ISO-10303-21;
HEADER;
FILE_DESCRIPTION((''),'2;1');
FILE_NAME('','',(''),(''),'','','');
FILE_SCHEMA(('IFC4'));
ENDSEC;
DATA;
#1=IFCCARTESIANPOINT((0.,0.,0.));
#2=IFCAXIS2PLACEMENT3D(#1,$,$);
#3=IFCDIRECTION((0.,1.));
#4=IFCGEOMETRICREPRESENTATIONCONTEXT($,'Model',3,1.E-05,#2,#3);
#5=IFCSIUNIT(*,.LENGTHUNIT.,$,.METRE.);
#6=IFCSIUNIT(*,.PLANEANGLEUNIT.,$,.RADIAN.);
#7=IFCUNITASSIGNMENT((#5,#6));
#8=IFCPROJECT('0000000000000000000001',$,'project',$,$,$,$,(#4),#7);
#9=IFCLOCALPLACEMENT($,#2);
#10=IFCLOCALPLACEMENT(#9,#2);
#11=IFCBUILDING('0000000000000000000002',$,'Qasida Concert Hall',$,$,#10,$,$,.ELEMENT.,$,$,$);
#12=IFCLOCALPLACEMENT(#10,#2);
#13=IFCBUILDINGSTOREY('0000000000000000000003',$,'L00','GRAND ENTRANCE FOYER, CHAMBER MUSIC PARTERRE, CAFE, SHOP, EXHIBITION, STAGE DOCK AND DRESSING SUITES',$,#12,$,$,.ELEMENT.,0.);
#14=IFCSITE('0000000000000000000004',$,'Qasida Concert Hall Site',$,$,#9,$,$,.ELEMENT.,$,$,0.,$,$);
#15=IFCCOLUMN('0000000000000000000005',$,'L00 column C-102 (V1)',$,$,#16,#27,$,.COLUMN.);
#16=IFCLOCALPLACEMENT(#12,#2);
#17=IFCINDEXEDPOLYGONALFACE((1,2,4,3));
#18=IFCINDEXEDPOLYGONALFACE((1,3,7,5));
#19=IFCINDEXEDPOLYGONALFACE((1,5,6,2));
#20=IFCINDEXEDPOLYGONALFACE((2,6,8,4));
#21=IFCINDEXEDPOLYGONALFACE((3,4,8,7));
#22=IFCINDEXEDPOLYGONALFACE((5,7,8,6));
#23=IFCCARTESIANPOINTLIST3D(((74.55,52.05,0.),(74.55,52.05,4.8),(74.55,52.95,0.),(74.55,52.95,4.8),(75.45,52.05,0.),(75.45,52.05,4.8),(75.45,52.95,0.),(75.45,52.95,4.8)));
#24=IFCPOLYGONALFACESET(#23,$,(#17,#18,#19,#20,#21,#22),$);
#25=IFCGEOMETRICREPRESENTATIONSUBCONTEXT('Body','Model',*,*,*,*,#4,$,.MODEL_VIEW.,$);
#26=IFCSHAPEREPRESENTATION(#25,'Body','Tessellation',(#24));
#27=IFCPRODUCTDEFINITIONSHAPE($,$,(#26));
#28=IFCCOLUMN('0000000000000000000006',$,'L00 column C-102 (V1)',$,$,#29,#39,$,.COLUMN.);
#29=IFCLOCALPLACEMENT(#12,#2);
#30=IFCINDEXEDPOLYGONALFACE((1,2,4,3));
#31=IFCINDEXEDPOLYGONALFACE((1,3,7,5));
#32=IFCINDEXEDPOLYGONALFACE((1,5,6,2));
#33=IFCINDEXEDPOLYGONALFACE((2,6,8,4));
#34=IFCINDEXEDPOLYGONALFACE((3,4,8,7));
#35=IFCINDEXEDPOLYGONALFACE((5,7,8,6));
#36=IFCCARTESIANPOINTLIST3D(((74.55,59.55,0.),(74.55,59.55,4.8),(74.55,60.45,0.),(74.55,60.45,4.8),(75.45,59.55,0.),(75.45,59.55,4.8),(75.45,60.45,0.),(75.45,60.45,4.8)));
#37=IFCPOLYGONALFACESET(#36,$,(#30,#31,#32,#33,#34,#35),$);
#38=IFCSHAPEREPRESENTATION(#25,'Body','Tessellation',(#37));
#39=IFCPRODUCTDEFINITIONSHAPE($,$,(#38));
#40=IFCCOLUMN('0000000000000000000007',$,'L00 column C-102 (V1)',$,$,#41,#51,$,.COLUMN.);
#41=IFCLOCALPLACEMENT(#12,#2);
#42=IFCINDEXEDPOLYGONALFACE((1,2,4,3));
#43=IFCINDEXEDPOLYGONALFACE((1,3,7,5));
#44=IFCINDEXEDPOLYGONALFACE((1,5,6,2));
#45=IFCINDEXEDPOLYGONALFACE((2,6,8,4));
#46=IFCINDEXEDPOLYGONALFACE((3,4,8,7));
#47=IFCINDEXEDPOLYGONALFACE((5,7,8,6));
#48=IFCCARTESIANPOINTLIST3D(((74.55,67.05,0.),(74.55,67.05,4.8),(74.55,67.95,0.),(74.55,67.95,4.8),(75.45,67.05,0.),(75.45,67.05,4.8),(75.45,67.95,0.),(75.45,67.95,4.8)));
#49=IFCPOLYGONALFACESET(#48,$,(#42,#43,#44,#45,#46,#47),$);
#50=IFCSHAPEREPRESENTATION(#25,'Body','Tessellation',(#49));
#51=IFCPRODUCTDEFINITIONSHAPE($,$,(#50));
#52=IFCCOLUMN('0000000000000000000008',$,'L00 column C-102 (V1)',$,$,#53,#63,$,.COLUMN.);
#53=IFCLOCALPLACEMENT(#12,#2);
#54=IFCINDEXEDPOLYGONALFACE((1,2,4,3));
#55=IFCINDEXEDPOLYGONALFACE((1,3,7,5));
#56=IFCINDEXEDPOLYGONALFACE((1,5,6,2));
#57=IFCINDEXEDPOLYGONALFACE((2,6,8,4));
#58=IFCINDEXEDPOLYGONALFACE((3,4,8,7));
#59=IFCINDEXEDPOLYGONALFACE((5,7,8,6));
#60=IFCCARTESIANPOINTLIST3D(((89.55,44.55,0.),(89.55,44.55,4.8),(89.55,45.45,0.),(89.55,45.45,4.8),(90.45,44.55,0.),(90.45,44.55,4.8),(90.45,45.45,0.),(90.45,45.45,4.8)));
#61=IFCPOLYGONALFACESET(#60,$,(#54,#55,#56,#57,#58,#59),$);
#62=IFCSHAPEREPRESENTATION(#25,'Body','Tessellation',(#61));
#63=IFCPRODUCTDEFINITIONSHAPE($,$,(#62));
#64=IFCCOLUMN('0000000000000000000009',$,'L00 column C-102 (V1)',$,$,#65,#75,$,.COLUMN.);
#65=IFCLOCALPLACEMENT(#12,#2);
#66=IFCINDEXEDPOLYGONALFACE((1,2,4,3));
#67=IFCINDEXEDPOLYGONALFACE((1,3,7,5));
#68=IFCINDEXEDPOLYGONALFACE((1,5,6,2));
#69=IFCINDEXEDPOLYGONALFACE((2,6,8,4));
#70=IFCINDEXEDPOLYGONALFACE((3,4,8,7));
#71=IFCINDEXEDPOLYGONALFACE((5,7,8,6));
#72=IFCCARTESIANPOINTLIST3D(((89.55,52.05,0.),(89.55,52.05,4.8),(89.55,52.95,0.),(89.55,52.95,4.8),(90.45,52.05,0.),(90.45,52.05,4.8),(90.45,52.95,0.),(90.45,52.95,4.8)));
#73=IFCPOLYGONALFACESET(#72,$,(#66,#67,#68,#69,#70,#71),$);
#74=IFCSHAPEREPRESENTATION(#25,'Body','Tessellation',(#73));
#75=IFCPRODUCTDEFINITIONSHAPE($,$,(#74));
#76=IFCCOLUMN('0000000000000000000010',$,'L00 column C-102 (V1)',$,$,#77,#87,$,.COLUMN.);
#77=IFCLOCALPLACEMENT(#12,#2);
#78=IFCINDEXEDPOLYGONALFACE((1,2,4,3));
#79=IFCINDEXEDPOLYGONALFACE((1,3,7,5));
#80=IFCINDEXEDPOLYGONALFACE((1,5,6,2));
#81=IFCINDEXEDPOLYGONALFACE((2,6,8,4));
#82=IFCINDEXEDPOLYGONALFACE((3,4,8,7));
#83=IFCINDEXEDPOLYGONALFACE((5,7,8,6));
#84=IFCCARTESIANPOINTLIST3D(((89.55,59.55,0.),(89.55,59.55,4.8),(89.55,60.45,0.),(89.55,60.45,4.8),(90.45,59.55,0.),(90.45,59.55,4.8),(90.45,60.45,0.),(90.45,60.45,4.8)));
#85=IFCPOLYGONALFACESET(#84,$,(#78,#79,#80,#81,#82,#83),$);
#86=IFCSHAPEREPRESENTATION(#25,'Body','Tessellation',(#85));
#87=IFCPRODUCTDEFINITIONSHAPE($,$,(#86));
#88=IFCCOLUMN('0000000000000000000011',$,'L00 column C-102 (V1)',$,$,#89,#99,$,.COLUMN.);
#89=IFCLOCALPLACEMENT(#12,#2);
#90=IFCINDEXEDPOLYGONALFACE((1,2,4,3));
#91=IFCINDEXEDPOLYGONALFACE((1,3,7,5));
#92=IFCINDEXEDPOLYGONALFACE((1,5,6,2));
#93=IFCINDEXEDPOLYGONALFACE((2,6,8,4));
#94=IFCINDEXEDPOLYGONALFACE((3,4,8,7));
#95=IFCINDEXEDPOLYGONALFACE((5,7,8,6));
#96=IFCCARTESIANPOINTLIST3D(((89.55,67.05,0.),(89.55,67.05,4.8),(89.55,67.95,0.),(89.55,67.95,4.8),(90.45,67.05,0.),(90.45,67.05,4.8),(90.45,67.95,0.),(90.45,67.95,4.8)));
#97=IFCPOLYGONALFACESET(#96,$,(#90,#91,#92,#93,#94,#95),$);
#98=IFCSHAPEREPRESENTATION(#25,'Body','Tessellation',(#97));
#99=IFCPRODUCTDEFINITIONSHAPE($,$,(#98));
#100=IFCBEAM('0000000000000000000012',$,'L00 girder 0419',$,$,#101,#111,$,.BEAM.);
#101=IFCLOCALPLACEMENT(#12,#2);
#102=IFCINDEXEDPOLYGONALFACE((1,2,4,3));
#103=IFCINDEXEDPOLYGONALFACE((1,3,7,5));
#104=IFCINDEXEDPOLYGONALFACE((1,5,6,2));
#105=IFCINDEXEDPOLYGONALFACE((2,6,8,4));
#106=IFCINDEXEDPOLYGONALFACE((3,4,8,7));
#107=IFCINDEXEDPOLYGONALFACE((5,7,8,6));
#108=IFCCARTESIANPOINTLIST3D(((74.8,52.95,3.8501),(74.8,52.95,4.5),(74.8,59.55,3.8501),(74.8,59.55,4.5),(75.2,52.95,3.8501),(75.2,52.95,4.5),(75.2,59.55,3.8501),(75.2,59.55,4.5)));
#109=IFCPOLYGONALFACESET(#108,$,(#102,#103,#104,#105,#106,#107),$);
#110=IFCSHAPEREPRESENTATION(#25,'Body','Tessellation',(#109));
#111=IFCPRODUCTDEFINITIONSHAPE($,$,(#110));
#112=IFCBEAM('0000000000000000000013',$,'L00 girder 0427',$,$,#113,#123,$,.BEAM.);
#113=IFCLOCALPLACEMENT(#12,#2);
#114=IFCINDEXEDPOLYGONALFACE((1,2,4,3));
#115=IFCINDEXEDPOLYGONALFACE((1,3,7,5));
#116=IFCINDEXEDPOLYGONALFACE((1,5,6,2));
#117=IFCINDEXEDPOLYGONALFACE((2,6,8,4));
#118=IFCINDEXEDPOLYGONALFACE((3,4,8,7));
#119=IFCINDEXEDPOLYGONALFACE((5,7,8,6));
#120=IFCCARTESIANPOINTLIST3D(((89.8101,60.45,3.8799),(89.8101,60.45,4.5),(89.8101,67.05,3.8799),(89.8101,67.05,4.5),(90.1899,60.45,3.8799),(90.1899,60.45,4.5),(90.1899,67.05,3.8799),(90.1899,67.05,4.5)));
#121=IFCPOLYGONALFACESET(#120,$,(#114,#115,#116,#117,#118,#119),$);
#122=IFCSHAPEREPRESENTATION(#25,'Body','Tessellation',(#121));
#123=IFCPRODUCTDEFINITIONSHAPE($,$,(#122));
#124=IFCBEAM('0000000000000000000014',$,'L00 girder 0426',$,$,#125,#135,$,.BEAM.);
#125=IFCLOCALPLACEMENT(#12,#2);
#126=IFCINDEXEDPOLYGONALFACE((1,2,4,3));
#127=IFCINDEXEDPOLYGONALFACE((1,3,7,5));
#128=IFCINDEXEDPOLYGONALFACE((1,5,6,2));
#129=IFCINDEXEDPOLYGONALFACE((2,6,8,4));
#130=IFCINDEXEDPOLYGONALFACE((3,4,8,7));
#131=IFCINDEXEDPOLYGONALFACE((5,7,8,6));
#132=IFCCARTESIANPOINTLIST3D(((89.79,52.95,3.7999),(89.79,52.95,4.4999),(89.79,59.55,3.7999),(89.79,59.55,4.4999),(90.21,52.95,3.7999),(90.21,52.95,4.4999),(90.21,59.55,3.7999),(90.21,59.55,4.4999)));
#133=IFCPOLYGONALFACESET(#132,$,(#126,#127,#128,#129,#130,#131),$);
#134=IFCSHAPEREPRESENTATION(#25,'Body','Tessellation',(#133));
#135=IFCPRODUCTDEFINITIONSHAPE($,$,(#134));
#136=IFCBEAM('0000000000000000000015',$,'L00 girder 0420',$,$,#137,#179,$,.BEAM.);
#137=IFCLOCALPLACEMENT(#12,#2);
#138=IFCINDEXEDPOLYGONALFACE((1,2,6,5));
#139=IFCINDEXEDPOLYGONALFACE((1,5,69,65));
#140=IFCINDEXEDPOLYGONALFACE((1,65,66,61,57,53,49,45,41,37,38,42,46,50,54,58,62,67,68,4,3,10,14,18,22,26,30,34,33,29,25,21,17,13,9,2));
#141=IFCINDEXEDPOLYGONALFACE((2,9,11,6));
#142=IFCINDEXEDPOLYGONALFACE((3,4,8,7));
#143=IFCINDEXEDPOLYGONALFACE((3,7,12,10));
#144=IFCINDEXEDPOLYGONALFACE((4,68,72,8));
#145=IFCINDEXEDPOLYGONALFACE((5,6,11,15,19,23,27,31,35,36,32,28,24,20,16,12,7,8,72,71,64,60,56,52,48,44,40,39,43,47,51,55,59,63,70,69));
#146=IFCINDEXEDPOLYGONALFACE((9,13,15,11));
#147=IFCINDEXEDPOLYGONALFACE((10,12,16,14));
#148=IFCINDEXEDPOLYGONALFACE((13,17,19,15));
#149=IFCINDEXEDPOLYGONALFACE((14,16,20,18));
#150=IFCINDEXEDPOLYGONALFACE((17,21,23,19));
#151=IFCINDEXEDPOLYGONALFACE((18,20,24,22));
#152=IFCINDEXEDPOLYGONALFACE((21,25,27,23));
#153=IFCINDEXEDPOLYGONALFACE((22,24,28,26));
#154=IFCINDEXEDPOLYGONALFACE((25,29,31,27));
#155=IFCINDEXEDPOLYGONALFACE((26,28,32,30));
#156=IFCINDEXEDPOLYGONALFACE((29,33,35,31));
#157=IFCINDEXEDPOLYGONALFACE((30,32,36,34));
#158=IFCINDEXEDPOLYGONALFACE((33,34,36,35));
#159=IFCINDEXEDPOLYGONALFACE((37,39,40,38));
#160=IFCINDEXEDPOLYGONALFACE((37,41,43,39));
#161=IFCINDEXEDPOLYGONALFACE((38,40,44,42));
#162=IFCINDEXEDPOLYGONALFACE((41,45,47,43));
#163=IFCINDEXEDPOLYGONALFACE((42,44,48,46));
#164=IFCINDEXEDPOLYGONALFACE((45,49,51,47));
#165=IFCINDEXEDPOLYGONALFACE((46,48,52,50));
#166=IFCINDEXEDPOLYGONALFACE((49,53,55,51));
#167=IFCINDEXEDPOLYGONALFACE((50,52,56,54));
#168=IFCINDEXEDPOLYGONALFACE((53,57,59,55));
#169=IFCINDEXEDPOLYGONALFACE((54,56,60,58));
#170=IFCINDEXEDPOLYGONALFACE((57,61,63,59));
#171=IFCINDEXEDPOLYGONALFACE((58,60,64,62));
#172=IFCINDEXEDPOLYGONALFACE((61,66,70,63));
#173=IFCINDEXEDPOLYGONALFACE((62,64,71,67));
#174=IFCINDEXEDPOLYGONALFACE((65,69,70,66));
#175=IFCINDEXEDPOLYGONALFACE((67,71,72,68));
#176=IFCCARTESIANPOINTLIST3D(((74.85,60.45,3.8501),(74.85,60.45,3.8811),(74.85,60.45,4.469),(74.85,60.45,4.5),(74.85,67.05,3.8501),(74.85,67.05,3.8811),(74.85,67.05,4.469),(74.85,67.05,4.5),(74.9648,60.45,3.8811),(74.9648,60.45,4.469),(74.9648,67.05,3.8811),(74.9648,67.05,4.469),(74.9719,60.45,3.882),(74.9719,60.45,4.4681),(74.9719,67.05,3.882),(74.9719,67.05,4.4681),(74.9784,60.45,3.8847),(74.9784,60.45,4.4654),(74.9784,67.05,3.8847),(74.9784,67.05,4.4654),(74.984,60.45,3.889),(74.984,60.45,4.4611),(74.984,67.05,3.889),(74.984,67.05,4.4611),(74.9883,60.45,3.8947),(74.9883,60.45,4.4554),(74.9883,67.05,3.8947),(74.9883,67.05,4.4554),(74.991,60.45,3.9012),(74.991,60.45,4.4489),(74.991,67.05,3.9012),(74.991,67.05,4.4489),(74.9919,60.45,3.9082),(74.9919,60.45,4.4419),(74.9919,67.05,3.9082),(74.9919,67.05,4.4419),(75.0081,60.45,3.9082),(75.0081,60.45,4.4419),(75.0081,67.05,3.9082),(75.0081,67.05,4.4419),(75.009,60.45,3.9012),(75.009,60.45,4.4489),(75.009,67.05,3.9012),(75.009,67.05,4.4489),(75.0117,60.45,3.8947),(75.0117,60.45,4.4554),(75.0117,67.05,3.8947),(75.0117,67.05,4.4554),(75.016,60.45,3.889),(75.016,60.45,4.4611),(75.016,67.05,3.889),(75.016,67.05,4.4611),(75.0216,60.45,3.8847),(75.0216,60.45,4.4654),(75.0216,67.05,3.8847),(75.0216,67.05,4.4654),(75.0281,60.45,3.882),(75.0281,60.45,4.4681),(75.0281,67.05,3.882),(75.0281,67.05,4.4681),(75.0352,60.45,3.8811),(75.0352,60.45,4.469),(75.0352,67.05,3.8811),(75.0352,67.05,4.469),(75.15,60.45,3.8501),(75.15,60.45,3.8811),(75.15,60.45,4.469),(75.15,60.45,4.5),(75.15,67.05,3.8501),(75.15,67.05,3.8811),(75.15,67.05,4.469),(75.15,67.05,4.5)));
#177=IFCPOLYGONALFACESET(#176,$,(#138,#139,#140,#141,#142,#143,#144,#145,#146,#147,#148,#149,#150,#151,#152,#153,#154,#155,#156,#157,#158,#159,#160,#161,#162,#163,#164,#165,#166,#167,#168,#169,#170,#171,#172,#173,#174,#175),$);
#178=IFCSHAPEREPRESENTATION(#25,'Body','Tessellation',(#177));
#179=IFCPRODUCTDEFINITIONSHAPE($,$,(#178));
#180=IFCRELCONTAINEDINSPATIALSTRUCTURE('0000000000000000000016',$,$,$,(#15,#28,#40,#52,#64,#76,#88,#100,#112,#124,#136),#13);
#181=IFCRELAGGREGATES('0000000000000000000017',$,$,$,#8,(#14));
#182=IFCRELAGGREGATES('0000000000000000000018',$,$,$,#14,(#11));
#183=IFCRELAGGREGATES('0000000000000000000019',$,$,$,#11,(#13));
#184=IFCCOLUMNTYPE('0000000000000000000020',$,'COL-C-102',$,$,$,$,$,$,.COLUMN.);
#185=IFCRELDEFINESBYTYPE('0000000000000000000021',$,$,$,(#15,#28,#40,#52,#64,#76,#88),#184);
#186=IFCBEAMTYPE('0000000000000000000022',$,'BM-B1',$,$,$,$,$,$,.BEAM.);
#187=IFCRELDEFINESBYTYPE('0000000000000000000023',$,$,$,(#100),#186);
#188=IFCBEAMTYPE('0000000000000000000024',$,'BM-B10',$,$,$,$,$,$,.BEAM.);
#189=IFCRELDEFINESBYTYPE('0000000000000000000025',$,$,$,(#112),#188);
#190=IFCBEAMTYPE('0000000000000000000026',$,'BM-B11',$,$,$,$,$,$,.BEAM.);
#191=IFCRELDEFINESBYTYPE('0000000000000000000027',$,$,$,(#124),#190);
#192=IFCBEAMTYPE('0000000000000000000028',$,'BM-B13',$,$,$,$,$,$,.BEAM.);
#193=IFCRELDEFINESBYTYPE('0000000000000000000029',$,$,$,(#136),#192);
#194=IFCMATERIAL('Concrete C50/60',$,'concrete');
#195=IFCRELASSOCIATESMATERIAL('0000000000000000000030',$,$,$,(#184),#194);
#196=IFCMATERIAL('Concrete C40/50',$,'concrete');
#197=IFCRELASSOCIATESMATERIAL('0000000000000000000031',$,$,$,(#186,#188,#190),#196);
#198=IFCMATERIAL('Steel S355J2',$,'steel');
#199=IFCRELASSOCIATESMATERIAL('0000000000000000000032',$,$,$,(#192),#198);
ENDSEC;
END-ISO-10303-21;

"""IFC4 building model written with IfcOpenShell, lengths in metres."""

from ifc_helpers import new_model, si_unit, direction, frame, origin, origin_2d, place, context, subcontext, project, spatial, rectangle, i_section, extrude, material, material_profile, profile_set, type_object, element, save


model = new_model("IFC4")

# Units and contexts
model_context = context("Model", 3, precision=1e-05, world=origin(), true_north=direction((0.0, 1.0)))
body_context = subcontext(model_context, "Body", "Model", "MODEL_VIEW")
ifc_project = project(units=[si_unit("LENGTHUNIT", "METRE"), si_unit("PLANEANGLEUNIT", "RADIAN")], contexts=[model_context])

# Site, building, storey
site_placement = place(None, origin())
site = spatial("IfcSite", under=ifc_project, at=site_placement, Name="Qasida Concert Hall Site", CompositionType="ELEMENT", RefElevation=0.0)
building_placement = place(site_placement, origin())
building = spatial("IfcBuilding", under=site, at=building_placement, Name="Qasida Concert Hall", CompositionType="ELEMENT")
storey_placement = place(building_placement, origin())
storey = spatial("IfcBuildingStorey", under=building, at=storey_placement, Name="L00", Description="GRAND ENTRANCE FOYER, CHAMBER MUSIC PARTERRE, CAFE, SHOP, EXHIBITION, STAGE DOCK AND DRESSING SUITES", CompositionType="ELEMENT", Elevation=0.0)

# Columns
ifc_material_1 = material(Name="Concrete C50/60", Category="concrete")
ifc_material_profile_1 = material_profile(ifc_material_1, rectangle(XDim=0.8999, YDim=0.8999, at=origin_2d()), Name="RC 900x900")
ifc_profile_set_1 = profile_set([ifc_material_profile_1], Name="Concrete C50/60")
column_type = type_object("IfcColumnType", Name="COL-C-102", PredefinedType="COLUMN", material=ifc_profile_set_1)
for number, where, z_axis, x_axis, name in (
    (1, (75.0, 52.5, 0.0), (0.0, 0.0, 1.0), (1.0, 0.0, 0.0), "L00 column C-102 (V1)"),
    (2, (75.0, 60.0, 0.0), (0.0, 0.0, 1.0), (1.0, 0.0, 0.0), "L00 column C-102 (V1)"),
    (3, (75.0, 67.5, 0.0), (0.0, 0.0, 1.0), (1.0, 0.0, 0.0), "L00 column C-102 (V1)"),
    (4, (90.0, 45.0, 0.0), (0.0, 0.0, 1.0), (1.0, 0.0, 0.0), "L00 column C-102 (V1)"),
    (5, (90.0, 52.5, 0.0), (0.0, 0.0, 1.0), (1.0, 0.0, 0.0), "L00 column C-102 (V1)"),
    (6, (90.0, 60.0, 0.0), (0.0, 0.0, 1.0), (1.0, 0.0, 0.0), "L00 column C-102 (V1)"),
    (7, (90.0, 67.5, 0.0), (0.0, 0.0, 1.0), (1.0, 0.0, 0.0), "L00 column C-102 (V1)"),
):
    element("IfcColumn", number, at=place(storey_placement, frame(where, z_axis=z_axis, x_axis=x_axis)), inside=storey, type_object=column_type, Name=name, PredefinedType="COLUMN", context=body_context, shape_type="SweptSolid", body=[
        extrude(rectangle(XDim=0.8999, YDim=0.8999, at=origin_2d()), origin(), (0.0, 0.0, 1.0), 4.8),
    ])

# Beams
ifc_material_2 = material(Name="Concrete C40/50", Category="concrete")
ifc_material_profile_2 = material_profile(ifc_material_2, rectangle(XDim=0.3999, YDim=0.6499, at=origin_2d()), Name="RC 400x650")
ifc_profile_set_2 = profile_set([ifc_material_profile_2], Name="Concrete C40/50")
beam_type_1 = type_object("IfcBeamType", Name="BM-B1", PredefinedType="BEAM", material=ifc_profile_set_2)
beam_1_placement = place(storey_placement, frame((75.0, 52.95, 4.175), z_axis=(0.0, 1.0, 0.0), x_axis=(-1.0, 0.0, 0.0)))
element("IfcBeam", 8, at=beam_1_placement, inside=storey, type_object=beam_type_1, Name="L00 girder 0419", PredefinedType="BEAM", context=body_context, shape_type="SweptSolid", body=[
    extrude(rectangle(XDim=0.3999, YDim=0.6499, at=origin_2d()), origin(), (0.0, 0.0, 1.0), 6.6001),
])
ifc_material_profile_3 = material_profile(ifc_material_2, rectangle(XDim=0.3799, YDim=0.6201, at=origin_2d()), Name="RC 380x620")
ifc_profile_set_3 = profile_set([ifc_material_profile_3], Name="Concrete C40/50")
beam_type_2 = type_object("IfcBeamType", Name="BM-B10", PredefinedType="BEAM", material=ifc_profile_set_3)
beam_2_placement = place(storey_placement, frame((90.0, 60.45, 4.1899), z_axis=(0.0, 1.0, 0.0), x_axis=(-1.0, 0.0, 0.0)))
element("IfcBeam", 9, at=beam_2_placement, inside=storey, type_object=beam_type_2, Name="L00 girder 0427", PredefinedType="BEAM", context=body_context, shape_type="SweptSolid", body=[
    extrude(rectangle(XDim=0.3799, YDim=0.6201, at=origin_2d()), origin(), (0.0, 0.0, 1.0), 6.6001),
])
ifc_material_profile_4 = material_profile(ifc_material_2, rectangle(XDim=0.4199, YDim=0.7, at=origin_2d()), Name="RC 420x700")
ifc_profile_set_4 = profile_set([ifc_material_profile_4], Name="Concrete C40/50")
beam_type_3 = type_object("IfcBeamType", Name="BM-B11", PredefinedType="BEAM", material=ifc_profile_set_4)
beam_3_placement = place(storey_placement, frame((90.0, 52.95, 4.1499), z_axis=(0.0, 1.0, 0.0), x_axis=(-1.0, 0.0, 0.0)))
element("IfcBeam", 10, at=beam_3_placement, inside=storey, type_object=beam_type_3, Name="L00 girder 0426", PredefinedType="BEAM", context=body_context, shape_type="SweptSolid", body=[
    extrude(rectangle(XDim=0.4199, YDim=0.7, at=origin_2d()), origin(), (0.0, 0.0, 1.0), 6.6001),
])
ifc_material_3 = material(Name="Steel S355J2", Category="steel")
ifc_material_profile_5 = material_profile(ifc_material_3, i_section(OverallWidth=0.3, OverallDepth=0.6499, WebThickness=0.0161, FlangeThickness=0.031, FilletRadius=0.0271, at=origin_2d()), Name="HEB 650")
ifc_profile_set_5 = profile_set([ifc_material_profile_5], Name="Steel S355J2")
beam_type_4 = type_object("IfcBeamType", Name="BM-B13", PredefinedType="BEAM", material=ifc_profile_set_5)
for number, where, z_axis, x_axis, name in (
    (11, (75.0, 60.45, 4.175), (0.0, 1.0, 0.0), (-1.0, 0.0, 0.0), "L00 girder 0420"),
):
    element("IfcBeam", number, at=place(storey_placement, frame(where, z_axis=z_axis, x_axis=x_axis)), inside=storey, type_object=beam_type_4, Name=name, PredefinedType="BEAM", context=body_context, shape_type="SweptSolid", body=[
        extrude(i_section(OverallWidth=0.3, OverallDepth=0.6499, WebThickness=0.0161, FlangeThickness=0.031, FilletRadius=0.0271, at=origin_2d()), origin(), (0.0, 0.0, 1.0), 6.6001),
    ])

save(model, "model.ifc")
